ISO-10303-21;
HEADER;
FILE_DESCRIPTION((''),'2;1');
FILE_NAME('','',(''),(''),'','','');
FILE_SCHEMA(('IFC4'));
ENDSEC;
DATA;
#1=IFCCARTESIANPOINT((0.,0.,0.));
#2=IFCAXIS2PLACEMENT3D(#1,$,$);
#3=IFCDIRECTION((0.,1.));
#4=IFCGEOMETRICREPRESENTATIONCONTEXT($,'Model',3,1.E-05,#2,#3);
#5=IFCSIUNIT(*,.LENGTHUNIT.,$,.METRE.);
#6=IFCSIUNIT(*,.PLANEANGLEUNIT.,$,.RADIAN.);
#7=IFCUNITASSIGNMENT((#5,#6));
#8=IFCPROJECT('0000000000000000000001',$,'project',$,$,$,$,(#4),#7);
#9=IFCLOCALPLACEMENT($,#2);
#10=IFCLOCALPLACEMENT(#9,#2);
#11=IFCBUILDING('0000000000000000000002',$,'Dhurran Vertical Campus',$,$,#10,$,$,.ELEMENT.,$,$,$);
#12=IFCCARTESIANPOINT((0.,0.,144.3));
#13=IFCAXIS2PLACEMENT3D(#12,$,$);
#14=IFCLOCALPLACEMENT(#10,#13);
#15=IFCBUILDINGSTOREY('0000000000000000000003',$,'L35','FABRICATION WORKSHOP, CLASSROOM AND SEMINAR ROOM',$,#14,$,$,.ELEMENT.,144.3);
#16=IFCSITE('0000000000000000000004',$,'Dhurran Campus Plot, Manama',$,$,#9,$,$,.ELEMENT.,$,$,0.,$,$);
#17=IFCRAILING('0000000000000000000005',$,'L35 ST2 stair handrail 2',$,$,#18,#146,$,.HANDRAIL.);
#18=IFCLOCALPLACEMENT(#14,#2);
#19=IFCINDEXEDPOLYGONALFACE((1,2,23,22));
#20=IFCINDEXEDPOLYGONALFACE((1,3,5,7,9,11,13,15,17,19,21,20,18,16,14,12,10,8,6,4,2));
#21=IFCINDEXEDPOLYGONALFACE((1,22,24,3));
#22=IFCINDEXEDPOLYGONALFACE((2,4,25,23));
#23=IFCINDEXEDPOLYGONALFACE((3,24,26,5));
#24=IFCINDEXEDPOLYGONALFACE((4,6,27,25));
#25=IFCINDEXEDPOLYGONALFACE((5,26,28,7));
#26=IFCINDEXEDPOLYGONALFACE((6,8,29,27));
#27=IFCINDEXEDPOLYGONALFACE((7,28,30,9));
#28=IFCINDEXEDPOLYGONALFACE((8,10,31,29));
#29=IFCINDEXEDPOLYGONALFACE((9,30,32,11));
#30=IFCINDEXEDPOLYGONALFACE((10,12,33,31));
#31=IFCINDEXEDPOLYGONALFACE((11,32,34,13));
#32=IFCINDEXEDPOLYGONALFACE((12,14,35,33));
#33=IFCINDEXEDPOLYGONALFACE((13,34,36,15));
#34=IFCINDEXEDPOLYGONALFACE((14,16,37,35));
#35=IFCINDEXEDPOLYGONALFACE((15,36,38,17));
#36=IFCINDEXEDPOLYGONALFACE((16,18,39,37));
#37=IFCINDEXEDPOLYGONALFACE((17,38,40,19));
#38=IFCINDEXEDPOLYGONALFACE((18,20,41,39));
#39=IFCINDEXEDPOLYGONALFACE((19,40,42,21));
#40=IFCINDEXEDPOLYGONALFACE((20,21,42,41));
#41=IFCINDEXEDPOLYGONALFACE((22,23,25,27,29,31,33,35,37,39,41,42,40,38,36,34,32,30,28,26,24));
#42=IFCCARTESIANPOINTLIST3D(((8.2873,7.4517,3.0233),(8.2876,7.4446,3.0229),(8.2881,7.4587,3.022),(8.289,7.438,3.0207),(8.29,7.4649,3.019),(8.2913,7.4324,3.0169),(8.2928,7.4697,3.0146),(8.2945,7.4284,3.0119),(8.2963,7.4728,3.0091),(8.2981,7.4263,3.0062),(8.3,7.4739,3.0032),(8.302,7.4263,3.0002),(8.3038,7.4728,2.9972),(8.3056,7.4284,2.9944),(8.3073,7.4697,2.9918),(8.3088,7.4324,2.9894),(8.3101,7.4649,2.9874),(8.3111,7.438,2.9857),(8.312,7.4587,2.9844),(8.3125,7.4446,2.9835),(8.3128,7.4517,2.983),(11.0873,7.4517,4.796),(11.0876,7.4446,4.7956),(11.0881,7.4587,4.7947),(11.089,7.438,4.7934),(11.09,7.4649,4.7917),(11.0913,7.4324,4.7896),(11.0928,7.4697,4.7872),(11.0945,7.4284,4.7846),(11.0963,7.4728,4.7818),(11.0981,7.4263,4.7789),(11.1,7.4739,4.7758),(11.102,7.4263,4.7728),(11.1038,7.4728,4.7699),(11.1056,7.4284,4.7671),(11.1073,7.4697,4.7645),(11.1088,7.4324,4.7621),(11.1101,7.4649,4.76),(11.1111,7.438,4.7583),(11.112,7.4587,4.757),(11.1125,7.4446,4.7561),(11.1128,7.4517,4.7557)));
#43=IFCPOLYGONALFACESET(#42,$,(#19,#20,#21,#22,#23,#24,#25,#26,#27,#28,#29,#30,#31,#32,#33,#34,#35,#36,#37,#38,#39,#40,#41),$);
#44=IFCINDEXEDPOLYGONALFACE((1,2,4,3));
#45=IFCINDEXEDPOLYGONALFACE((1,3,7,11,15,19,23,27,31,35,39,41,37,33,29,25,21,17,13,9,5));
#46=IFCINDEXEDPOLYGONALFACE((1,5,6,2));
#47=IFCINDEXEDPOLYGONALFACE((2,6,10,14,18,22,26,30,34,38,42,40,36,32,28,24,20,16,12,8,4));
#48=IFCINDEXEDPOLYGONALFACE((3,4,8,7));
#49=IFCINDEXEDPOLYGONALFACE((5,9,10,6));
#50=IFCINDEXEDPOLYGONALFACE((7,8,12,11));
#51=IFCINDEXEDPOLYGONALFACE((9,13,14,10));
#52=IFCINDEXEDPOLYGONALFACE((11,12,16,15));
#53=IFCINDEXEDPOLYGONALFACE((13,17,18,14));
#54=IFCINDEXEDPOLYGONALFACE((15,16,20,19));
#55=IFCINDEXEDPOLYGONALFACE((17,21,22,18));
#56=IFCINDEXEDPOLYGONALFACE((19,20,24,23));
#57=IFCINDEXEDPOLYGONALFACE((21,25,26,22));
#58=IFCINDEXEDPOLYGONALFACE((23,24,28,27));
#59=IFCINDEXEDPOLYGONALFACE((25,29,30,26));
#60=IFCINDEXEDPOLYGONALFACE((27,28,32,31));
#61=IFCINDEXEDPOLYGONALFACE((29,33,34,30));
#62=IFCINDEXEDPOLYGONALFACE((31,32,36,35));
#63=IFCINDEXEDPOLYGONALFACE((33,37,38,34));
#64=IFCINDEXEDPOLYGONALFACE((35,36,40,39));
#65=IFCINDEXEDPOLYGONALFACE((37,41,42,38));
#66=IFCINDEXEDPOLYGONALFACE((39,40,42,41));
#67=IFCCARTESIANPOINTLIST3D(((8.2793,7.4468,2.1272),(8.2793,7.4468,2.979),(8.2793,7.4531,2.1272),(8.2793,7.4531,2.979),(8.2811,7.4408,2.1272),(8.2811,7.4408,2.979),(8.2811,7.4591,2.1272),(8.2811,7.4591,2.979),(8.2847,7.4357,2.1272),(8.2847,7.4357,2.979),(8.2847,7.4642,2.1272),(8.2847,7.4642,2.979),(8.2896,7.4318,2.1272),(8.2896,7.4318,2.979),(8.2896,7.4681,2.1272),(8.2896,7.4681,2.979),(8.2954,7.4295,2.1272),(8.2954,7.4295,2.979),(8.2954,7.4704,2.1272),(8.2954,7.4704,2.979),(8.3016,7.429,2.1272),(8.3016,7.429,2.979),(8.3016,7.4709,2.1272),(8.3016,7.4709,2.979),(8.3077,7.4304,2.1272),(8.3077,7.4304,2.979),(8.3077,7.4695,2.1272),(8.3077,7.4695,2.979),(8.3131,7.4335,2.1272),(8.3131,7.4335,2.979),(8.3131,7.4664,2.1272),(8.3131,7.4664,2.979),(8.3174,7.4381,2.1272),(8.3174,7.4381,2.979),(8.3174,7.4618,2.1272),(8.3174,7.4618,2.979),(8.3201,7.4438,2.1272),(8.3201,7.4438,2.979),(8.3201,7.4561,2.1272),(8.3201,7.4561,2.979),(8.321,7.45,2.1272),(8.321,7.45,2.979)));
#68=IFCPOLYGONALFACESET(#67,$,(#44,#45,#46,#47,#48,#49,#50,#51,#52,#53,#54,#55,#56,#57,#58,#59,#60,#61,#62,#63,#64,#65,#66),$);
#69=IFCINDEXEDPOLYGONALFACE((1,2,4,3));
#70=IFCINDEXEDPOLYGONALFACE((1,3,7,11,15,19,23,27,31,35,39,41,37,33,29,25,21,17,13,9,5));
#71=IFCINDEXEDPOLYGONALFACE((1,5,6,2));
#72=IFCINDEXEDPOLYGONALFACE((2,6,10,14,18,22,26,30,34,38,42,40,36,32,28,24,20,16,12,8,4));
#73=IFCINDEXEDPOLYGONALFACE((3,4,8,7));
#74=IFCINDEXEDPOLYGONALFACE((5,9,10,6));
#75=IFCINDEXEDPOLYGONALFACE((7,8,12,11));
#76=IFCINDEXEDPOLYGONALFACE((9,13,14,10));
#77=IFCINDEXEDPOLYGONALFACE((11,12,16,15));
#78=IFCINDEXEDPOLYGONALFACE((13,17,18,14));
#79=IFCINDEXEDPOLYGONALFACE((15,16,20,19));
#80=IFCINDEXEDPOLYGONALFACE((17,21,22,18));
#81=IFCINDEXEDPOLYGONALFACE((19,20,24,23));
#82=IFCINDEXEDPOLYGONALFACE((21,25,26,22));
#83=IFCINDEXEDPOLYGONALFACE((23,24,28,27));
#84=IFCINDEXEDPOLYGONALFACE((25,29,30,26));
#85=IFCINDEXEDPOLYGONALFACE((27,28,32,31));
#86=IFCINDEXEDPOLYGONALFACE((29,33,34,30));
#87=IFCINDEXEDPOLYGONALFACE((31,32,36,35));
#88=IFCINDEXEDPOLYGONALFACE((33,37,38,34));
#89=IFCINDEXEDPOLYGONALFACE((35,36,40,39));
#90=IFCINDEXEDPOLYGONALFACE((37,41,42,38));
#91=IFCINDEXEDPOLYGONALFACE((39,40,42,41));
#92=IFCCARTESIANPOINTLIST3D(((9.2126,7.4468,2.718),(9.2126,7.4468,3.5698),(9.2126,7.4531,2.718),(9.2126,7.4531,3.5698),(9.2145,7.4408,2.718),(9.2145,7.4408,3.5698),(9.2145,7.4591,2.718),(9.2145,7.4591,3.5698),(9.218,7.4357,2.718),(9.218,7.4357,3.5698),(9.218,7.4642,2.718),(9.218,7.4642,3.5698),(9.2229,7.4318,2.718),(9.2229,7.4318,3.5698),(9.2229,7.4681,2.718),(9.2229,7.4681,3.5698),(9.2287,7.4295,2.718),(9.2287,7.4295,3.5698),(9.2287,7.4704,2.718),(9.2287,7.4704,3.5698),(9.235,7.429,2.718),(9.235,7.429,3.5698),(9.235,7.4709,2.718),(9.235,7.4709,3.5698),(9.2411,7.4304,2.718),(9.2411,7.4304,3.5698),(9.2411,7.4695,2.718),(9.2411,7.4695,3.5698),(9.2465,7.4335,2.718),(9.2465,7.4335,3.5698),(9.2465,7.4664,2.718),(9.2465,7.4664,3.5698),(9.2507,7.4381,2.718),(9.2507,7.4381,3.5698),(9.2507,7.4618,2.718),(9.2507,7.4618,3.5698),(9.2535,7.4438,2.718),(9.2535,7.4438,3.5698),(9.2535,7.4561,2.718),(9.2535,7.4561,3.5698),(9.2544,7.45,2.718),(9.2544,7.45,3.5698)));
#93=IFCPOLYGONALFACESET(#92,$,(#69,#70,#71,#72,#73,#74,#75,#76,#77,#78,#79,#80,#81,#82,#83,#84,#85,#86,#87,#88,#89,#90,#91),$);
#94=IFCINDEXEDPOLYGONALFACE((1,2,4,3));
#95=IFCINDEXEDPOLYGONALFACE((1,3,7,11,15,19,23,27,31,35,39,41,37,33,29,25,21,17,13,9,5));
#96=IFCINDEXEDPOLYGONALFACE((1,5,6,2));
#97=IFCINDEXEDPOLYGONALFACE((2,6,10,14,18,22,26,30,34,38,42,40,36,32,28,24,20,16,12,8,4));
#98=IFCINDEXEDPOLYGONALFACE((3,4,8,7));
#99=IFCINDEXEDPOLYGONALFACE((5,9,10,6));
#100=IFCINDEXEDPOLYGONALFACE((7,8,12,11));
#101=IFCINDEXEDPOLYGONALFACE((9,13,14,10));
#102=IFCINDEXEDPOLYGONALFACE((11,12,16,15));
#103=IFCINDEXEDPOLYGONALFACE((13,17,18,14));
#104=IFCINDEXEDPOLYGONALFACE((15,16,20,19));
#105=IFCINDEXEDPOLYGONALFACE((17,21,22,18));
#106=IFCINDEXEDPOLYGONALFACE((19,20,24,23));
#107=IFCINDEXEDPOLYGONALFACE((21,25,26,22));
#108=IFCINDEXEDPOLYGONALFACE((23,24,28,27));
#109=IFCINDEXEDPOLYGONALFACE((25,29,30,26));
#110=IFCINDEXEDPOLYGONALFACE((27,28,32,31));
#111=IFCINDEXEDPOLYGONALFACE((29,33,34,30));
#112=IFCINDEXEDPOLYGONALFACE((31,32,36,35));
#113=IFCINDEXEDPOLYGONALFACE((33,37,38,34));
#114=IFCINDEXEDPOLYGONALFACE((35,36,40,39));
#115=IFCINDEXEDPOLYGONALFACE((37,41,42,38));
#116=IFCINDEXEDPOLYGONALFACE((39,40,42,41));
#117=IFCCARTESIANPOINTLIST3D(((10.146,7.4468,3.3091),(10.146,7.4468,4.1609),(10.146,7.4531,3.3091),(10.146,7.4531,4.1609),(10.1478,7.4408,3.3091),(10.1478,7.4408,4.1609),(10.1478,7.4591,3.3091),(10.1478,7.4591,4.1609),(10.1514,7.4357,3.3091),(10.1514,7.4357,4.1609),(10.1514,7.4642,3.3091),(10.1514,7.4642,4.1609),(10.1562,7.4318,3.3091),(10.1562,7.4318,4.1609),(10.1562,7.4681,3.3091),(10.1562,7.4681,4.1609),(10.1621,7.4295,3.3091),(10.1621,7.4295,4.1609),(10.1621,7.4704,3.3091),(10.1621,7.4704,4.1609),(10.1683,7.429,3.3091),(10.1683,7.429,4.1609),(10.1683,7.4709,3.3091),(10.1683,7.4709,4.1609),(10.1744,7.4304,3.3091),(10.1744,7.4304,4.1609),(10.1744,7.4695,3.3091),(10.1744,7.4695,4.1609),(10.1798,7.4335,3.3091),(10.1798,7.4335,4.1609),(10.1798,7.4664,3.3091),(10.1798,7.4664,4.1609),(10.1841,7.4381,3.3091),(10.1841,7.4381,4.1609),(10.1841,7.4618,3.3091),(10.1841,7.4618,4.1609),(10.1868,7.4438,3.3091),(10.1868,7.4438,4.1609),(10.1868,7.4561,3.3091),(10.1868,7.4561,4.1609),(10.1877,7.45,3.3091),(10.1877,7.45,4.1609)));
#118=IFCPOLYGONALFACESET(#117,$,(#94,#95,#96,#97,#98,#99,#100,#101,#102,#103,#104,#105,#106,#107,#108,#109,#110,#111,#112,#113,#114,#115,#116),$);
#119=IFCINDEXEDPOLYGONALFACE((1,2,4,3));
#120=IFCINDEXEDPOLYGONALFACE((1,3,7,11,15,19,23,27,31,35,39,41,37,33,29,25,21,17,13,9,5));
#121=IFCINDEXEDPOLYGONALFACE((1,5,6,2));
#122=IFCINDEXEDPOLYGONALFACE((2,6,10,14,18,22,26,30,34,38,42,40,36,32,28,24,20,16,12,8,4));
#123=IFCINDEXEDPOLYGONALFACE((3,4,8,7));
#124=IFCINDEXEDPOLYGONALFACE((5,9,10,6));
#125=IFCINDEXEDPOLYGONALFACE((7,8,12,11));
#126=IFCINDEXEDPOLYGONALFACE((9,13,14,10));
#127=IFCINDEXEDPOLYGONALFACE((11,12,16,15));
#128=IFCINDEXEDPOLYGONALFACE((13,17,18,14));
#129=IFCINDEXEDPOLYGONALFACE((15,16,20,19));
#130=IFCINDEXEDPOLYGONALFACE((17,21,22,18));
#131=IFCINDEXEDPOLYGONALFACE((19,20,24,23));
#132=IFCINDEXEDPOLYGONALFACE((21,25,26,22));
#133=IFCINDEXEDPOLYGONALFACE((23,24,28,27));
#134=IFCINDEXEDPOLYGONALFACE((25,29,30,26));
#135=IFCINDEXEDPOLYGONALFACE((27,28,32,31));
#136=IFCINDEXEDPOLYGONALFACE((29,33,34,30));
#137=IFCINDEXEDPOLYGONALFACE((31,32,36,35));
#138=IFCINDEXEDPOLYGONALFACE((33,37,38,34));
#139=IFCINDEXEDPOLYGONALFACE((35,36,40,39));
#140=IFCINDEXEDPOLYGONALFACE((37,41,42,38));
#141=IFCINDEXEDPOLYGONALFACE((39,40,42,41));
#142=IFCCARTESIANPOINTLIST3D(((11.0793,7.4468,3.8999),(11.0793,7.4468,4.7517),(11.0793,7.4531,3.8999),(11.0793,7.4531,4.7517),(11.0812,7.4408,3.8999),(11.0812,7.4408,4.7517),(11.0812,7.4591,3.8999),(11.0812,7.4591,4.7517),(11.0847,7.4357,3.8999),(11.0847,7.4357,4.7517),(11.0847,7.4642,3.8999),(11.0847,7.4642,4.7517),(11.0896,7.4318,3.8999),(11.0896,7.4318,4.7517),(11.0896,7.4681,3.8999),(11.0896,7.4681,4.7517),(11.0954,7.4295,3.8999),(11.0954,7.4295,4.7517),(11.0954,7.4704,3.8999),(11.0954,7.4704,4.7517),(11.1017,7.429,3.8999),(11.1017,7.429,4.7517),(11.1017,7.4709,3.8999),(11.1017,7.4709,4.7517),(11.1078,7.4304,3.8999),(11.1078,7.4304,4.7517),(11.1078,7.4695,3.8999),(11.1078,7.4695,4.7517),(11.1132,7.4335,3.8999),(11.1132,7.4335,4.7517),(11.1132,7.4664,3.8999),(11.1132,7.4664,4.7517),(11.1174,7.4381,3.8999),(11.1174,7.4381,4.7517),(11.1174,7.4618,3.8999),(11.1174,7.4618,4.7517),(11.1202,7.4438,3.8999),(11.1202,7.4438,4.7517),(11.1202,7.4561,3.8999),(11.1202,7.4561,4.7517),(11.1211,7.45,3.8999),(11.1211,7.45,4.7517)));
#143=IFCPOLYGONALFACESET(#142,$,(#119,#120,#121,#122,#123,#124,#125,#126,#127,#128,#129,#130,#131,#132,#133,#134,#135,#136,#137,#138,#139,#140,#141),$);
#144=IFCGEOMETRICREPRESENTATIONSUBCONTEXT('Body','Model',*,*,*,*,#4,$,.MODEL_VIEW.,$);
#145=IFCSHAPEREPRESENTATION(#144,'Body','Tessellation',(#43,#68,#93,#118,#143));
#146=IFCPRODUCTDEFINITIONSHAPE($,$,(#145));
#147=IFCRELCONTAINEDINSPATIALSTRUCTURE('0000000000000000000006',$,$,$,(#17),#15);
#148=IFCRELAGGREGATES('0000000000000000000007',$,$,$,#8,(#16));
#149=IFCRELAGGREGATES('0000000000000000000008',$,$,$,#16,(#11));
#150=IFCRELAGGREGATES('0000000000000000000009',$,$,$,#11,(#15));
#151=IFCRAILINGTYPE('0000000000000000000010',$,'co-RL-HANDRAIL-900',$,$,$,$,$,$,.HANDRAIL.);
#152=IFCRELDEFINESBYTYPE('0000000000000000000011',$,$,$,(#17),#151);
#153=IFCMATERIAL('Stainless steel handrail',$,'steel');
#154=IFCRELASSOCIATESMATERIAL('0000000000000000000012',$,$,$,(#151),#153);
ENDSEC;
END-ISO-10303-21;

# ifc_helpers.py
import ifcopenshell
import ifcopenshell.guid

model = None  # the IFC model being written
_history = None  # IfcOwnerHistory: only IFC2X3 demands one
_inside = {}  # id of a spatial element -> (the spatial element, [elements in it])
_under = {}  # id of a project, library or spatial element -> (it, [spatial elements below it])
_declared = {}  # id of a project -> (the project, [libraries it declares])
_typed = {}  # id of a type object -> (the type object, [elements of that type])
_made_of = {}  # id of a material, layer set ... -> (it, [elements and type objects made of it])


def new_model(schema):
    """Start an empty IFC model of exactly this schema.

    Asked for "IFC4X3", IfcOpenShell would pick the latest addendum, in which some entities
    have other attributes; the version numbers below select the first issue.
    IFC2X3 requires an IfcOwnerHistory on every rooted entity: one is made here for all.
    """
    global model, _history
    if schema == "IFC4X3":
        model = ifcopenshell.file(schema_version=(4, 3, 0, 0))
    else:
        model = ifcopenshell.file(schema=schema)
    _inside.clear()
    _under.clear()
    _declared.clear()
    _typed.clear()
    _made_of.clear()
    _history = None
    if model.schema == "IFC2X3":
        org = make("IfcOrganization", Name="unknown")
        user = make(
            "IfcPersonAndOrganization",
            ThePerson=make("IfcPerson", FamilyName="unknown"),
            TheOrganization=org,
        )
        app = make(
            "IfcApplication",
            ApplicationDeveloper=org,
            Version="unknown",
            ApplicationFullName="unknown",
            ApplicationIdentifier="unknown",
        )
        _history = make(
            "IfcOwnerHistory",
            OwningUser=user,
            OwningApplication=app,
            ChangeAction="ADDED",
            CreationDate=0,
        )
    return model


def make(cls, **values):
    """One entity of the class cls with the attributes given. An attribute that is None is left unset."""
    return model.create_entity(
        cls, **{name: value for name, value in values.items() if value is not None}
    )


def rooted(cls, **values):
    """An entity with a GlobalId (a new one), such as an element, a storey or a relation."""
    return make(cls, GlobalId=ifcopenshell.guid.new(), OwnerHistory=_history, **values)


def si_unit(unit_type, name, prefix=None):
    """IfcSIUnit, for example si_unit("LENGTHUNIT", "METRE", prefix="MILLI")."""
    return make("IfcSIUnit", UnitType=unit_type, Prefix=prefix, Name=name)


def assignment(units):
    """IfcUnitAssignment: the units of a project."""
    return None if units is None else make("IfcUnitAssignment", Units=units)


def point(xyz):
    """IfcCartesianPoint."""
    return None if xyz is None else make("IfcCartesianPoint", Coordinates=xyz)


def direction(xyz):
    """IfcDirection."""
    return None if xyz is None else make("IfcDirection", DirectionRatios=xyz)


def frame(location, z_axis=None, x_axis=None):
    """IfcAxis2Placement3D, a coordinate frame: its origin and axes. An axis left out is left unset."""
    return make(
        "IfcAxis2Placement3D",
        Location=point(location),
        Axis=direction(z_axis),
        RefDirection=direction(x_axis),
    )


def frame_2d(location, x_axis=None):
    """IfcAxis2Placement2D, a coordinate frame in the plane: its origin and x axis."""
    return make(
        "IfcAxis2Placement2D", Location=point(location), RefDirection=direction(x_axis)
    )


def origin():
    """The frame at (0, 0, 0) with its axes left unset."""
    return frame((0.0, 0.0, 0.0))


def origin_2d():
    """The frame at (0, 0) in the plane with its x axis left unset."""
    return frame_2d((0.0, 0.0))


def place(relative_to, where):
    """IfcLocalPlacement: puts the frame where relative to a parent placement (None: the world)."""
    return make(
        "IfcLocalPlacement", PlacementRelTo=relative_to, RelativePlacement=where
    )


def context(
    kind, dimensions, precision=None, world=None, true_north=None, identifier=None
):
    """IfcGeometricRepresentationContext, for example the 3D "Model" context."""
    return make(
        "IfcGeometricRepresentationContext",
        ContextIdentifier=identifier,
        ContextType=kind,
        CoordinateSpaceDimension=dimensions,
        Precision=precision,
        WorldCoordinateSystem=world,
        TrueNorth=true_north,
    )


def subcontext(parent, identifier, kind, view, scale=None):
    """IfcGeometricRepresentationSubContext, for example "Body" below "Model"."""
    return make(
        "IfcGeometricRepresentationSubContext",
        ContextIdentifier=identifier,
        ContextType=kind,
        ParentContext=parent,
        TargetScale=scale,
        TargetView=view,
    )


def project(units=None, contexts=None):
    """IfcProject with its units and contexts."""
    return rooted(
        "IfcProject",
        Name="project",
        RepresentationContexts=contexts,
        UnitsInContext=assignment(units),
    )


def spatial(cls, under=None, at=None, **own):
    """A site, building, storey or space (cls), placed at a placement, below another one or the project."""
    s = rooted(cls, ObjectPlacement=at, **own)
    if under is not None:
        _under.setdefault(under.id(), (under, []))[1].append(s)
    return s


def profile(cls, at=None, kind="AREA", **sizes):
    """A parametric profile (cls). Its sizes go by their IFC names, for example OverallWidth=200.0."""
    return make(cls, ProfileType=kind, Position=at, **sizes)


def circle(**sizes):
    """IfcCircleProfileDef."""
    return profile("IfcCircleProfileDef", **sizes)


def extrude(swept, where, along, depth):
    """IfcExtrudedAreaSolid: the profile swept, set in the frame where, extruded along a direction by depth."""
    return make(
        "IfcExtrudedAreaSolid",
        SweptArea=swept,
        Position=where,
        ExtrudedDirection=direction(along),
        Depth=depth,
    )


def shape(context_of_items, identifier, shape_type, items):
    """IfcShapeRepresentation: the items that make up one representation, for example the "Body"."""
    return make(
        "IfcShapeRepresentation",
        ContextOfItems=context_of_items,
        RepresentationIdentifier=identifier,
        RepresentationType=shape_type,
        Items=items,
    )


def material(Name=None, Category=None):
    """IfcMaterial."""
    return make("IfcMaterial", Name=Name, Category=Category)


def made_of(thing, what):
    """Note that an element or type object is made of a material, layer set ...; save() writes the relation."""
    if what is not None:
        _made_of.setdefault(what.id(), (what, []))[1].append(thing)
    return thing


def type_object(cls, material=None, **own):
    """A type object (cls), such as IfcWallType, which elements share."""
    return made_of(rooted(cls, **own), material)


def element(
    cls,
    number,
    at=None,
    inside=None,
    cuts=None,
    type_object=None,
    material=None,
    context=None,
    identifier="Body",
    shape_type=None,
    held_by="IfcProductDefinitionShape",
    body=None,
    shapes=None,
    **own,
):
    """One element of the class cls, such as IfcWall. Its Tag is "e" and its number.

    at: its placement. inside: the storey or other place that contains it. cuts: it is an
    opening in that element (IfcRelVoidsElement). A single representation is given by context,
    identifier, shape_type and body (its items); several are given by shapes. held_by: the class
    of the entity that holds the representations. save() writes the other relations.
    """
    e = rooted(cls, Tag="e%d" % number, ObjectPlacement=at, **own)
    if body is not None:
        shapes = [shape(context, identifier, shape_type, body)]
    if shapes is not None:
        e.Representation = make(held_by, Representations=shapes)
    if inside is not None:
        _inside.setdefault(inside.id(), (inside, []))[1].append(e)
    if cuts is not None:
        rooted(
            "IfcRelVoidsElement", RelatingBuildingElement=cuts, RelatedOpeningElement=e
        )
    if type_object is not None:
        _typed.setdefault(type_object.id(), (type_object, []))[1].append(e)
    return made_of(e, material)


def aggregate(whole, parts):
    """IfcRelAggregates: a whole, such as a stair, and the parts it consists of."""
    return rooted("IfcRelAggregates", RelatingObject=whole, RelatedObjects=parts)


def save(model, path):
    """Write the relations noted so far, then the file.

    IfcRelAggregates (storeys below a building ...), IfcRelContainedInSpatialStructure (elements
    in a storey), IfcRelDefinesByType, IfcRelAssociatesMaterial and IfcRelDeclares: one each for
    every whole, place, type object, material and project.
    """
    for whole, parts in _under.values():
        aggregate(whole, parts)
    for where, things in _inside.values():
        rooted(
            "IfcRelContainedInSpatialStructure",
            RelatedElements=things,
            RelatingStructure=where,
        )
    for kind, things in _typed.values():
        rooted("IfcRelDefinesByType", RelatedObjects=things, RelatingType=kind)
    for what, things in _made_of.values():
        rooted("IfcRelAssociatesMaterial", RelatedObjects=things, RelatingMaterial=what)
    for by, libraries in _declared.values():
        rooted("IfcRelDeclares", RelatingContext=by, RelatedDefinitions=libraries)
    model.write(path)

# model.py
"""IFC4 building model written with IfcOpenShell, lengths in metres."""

from ifc_helpers import new_model, si_unit, direction, frame, origin, origin_2d, place, context, subcontext, project, spatial, circle, extrude, material, type_object, element, save


model = new_model("IFC4")

# Units and contexts
model_context = context("Model", 3, precision=1e-05, world=origin(), true_north=direction((0.0, 1.0)))
body_context = subcontext(model_context, "Body", "Model", "MODEL_VIEW")
ifc_project = project(units=[si_unit("LENGTHUNIT", "METRE"), si_unit("PLANEANGLEUNIT", "RADIAN")], contexts=[model_context])

# Site, building, storey
site_placement = place(None, origin())
site = spatial("IfcSite", under=ifc_project, at=site_placement, Name="Dhurran Campus Plot, Manama", CompositionType="ELEMENT", RefElevation=0.0)
building_placement = place(site_placement, origin())
building = spatial("IfcBuilding", under=site, at=building_placement, Name="Dhurran Vertical Campus", CompositionType="ELEMENT")
storey_placement = place(building_placement, frame((0.0, 0.0, 144.3)))
storey = spatial("IfcBuildingStorey", under=building, at=storey_placement, Name="L35", Description="FABRICATION WORKSHOP, CLASSROOM AND SEMINAR ROOM", CompositionType="ELEMENT", Elevation=144.3)

# Railing
ifc_material_1 = material(Name="Stainless steel handrail", Category="steel")
railing_type_1 = type_object("IfcRailingType", Name="co-RL-HANDRAIL-900", PredefinedType="HANDRAIL", material=ifc_material_1)
railing_1_placement = place(storey_placement, frame((8.3, 7.45, 2.1272)))
element("IfcRailing", 1, at=railing_1_placement, inside=storey, type_object=railing_type_1, Name="L35 ST2 stair handrail 2", PredefinedType="HANDRAIL", context=body_context, shape_type="SweptSolid", body=[
    extrude(circle(Radius=0.0239, at=origin_2d()), frame((0.0, 0.0, 0.876), z_axis=(0.844909, 0.0, 0.53491), x_axis=(0.0, 1.0, 0.0)), (0.0, 0.0, 1.0), 3.314),
    extrude(circle(Radius=0.021, at=origin_2d()), origin(), (0.0, 0.0, 1.0), 0.8518),
    extrude(circle(Radius=0.021, at=origin_2d()), frame((0.9333, 0.0, 0.5908)), (0.0, 0.0, 1.0), 0.8518),
    extrude(circle(Radius=0.021, at=origin_2d()), frame((1.8667, 0.0, 1.1819)), (0.0, 0.0, 1.0), 0.8518),
    extrude(circle(Radius=0.021, at=origin_2d()), frame((2.8, 0.0, 1.7727)), (0.0, 0.0, 1.0), 0.8518),
])

save(model, "model.ifc")
